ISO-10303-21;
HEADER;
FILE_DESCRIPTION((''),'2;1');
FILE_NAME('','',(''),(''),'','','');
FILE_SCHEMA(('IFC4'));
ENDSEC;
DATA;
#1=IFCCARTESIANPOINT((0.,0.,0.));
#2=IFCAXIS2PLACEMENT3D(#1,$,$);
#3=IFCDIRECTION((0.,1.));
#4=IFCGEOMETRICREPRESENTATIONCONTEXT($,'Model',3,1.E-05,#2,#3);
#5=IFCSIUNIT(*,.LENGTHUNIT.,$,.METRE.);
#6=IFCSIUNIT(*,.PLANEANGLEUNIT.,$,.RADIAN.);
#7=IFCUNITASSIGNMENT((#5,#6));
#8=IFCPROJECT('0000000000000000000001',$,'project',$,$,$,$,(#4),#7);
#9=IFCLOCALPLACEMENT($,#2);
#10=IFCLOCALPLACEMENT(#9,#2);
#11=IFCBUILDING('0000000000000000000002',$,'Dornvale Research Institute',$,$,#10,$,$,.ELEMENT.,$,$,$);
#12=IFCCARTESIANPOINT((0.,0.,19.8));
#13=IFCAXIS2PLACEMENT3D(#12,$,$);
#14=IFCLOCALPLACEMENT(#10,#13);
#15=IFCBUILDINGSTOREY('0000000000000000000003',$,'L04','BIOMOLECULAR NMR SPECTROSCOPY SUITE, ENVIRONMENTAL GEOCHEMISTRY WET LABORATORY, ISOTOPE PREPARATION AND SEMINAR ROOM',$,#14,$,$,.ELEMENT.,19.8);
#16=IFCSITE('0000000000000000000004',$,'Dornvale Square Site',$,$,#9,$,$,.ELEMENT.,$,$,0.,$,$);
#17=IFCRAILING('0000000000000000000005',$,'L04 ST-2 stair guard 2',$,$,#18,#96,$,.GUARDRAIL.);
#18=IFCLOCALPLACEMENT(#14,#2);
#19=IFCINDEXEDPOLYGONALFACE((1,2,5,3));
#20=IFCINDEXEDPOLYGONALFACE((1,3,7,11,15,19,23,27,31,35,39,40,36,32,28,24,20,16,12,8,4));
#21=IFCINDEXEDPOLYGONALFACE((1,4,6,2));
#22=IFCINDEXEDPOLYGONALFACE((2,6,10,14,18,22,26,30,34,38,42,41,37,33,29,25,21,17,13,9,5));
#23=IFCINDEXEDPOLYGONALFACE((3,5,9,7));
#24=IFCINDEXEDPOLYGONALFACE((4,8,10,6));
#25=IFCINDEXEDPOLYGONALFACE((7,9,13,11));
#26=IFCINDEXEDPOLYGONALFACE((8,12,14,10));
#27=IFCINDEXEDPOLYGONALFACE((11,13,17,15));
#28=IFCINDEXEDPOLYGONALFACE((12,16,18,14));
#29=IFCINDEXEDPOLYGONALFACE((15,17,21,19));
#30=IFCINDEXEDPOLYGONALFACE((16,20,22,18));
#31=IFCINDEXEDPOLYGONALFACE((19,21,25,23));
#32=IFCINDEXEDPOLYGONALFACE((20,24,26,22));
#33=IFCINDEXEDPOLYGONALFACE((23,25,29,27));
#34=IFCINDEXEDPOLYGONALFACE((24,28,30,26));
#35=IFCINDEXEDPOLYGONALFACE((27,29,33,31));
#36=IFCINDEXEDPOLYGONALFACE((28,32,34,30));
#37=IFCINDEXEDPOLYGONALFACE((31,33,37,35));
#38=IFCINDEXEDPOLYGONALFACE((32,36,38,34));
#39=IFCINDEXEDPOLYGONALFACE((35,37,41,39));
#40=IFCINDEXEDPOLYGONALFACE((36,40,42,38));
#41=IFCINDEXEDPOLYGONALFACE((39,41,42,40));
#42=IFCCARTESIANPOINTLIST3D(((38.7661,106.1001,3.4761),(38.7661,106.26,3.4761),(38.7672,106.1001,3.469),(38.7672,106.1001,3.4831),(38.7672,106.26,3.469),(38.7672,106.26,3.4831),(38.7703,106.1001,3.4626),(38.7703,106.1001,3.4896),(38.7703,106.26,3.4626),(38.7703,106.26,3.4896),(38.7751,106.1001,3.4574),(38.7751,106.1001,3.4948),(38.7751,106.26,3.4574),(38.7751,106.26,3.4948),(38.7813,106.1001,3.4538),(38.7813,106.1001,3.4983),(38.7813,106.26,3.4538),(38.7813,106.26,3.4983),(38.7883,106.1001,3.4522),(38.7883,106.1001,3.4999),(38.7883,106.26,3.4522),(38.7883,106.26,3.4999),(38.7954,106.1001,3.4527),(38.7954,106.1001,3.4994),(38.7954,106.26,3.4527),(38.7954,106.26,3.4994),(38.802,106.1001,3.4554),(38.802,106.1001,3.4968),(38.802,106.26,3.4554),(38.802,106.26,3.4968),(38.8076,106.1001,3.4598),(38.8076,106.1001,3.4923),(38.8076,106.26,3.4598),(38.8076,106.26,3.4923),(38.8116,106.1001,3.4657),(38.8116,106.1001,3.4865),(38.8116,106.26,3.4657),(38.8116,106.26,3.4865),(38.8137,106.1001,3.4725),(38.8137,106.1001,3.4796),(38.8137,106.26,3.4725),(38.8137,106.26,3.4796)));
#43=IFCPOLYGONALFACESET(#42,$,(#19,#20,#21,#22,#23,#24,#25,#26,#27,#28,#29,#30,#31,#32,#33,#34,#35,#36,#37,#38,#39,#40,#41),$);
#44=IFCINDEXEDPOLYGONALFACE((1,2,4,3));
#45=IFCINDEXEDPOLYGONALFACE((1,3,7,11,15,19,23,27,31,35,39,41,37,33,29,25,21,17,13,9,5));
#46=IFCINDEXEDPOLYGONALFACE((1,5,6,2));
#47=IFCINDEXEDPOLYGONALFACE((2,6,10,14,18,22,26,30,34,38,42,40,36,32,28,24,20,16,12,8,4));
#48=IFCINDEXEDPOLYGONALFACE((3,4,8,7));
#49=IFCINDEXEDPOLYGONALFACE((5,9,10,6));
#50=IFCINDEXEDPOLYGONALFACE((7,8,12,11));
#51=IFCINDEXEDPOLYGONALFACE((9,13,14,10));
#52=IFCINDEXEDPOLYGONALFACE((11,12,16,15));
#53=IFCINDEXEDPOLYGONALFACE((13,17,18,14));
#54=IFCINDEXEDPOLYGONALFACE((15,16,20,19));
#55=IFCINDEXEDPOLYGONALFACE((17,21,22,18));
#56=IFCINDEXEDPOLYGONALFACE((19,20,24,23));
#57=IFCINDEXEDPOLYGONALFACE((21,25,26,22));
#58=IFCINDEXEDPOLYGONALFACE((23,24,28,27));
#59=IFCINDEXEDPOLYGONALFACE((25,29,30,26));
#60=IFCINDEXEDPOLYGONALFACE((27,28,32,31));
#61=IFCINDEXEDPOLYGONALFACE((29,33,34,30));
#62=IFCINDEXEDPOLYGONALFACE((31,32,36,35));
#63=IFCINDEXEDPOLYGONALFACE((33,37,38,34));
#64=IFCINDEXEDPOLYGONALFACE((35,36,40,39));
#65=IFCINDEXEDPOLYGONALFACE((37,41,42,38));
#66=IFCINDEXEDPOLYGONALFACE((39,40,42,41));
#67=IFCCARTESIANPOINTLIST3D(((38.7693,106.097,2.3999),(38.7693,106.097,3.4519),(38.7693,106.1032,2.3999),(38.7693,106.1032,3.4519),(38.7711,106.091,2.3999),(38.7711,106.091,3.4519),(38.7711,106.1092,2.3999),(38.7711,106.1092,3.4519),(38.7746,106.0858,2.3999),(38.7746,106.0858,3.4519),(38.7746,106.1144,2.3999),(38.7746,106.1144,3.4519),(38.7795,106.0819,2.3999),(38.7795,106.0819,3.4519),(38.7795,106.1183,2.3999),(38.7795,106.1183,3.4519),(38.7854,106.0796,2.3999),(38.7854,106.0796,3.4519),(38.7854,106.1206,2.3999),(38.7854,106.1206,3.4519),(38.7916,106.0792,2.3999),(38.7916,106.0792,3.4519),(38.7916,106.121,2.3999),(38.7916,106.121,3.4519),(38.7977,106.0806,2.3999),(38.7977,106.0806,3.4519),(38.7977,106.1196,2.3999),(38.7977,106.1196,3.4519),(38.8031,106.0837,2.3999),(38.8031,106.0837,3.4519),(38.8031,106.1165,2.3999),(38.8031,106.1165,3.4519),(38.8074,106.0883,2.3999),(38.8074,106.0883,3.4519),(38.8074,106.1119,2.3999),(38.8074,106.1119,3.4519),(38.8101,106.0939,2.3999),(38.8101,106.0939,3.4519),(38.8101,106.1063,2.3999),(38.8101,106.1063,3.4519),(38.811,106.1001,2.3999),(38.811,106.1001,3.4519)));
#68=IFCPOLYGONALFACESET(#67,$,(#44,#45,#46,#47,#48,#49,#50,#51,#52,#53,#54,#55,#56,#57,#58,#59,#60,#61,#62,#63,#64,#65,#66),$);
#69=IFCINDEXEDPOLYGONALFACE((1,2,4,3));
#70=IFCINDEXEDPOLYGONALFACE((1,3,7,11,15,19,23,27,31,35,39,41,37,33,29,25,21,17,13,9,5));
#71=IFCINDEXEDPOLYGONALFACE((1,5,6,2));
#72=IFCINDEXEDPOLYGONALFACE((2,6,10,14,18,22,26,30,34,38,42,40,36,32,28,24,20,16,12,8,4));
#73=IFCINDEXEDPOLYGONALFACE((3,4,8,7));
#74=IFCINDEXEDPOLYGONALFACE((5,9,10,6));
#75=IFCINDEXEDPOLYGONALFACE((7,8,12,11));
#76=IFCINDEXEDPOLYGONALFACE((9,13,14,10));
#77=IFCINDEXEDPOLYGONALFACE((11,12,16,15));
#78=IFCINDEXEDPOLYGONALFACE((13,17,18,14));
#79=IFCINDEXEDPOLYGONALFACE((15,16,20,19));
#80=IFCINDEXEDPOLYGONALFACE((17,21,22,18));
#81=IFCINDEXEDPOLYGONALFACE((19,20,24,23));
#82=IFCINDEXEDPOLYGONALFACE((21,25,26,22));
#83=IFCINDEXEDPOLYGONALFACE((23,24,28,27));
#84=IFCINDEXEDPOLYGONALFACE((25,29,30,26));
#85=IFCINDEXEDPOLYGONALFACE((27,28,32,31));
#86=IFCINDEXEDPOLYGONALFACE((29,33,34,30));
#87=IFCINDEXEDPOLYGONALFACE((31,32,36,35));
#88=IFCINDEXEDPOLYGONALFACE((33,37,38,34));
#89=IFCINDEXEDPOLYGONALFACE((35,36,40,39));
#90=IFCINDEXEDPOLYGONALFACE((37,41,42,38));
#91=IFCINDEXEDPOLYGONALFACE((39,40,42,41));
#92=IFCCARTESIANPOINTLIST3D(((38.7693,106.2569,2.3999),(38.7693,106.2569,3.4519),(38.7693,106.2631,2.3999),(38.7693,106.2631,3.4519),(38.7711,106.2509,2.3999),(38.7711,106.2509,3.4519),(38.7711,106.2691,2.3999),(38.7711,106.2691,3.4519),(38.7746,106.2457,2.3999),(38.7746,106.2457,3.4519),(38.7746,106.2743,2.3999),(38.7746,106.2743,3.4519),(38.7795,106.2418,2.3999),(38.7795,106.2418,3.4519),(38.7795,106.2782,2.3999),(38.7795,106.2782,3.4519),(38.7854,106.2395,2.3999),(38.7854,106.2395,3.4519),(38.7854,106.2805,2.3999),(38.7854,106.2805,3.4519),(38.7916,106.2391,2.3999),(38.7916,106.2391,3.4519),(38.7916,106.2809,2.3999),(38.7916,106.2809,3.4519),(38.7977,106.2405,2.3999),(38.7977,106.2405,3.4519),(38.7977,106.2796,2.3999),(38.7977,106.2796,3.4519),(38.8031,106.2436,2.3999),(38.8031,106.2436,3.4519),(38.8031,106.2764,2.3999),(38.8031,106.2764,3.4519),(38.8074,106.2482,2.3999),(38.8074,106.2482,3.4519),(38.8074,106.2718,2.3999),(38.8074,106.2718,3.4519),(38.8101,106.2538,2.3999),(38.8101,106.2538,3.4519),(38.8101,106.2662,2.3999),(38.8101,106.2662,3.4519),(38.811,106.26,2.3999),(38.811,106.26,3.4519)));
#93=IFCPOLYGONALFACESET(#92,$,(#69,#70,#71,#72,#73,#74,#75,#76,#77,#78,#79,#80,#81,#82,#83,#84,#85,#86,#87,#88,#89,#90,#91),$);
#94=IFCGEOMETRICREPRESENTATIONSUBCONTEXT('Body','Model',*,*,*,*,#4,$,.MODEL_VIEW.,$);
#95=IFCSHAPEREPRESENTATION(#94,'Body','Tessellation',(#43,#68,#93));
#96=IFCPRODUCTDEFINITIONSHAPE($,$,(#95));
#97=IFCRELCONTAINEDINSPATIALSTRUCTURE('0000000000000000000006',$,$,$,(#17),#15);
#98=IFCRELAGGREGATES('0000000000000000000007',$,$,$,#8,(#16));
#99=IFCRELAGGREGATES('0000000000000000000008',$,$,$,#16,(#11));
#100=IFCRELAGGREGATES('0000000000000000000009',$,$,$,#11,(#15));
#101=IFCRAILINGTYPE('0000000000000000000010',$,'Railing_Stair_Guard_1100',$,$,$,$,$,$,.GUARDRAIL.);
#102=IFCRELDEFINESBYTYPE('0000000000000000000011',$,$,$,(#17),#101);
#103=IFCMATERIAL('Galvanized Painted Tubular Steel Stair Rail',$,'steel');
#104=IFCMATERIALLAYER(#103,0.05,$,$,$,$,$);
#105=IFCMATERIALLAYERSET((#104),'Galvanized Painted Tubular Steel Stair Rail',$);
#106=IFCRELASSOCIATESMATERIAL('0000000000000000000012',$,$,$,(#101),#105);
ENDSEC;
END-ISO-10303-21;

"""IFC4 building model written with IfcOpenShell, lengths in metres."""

from ifc_helpers import new_model, si_unit, direction, frame, origin, origin_2d, place, context, subcontext, project, spatial, circle, extrude, material, layer, layer_set, type_object, element, save


model = new_model("IFC4")

# Units and contexts
model_context = context("Model", 3, precision=1e-05, world=origin(), true_north=direction((0.0, 1.0)))
body_context = subcontext(model_context, "Body", "Model", "MODEL_VIEW")
ifc_project = project(units=[si_unit("LENGTHUNIT", "METRE"), si_unit("PLANEANGLEUNIT", "RADIAN")], contexts=[model_context])

# Site, building, storey
site_placement = place(None, origin())
site = spatial("IfcSite", under=ifc_project, at=site_placement, Name="Dornvale Square Site", CompositionType="ELEMENT", RefElevation=0.0)
building_placement = place(site_placement, origin())
building = spatial("IfcBuilding", under=site, at=building_placement, Name="Dornvale Research Institute", CompositionType="ELEMENT")
storey_placement = place(building_placement, frame((0.0, 0.0, 19.8)))
storey = spatial("IfcBuildingStorey", under=building, at=storey_placement, Name="L04", Description="BIOMOLECULAR NMR SPECTROSCOPY SUITE, ENVIRONMENTAL GEOCHEMISTRY WET LABORATORY, ISOTOPE PREPARATION AND SEMINAR ROOM", CompositionType="ELEMENT", Elevation=19.8)

# Railing
ifc_material_1 = material(Name="Galvanized Painted Tubular Steel Stair Rail", Category="steel")
ifc_layer_1 = layer(ifc_material_1, 0.05)
ifc_layer_set_1 = layer_set([ifc_layer_1], Name="Galvanized Painted Tubular Steel Stair Rail")
railing_type_1 = type_object("IfcRailingType", Name="Railing_Stair_Guard_1100", PredefinedType="GUARDRAIL", material=ifc_layer_set_1)
railing_1_placement = place(storey_placement, frame((38.79, 106.1001, 2.3999)))
element("IfcRailing", 1, at=railing_1_placement, inside=storey, type_object=railing_type_1, Name="L04 ST-2 stair guard 2", PredefinedType="GUARDRAIL", context=body_context, shape_type="SweptSolid", body=[
    extrude(circle(Radius=0.0239, at=origin_2d()), frame((0.0, 0.0, 1.0762), z_axis=(0.0, 1.0, 0.0), x_axis=(-1.0, 0.0, 0.0)), (0.0, 0.0, 1.0), 0.1599),
    extrude(circle(Radius=0.021, at=origin_2d()), origin(), (0.0, 0.0, 1.0), 1.052),
    extrude(circle(Radius=0.021, at=origin_2d()), frame((0.0, 0.1599, 0.0)), (0.0, 0.0, 1.0), 1.052),
])

save(model, "model.ifc")
